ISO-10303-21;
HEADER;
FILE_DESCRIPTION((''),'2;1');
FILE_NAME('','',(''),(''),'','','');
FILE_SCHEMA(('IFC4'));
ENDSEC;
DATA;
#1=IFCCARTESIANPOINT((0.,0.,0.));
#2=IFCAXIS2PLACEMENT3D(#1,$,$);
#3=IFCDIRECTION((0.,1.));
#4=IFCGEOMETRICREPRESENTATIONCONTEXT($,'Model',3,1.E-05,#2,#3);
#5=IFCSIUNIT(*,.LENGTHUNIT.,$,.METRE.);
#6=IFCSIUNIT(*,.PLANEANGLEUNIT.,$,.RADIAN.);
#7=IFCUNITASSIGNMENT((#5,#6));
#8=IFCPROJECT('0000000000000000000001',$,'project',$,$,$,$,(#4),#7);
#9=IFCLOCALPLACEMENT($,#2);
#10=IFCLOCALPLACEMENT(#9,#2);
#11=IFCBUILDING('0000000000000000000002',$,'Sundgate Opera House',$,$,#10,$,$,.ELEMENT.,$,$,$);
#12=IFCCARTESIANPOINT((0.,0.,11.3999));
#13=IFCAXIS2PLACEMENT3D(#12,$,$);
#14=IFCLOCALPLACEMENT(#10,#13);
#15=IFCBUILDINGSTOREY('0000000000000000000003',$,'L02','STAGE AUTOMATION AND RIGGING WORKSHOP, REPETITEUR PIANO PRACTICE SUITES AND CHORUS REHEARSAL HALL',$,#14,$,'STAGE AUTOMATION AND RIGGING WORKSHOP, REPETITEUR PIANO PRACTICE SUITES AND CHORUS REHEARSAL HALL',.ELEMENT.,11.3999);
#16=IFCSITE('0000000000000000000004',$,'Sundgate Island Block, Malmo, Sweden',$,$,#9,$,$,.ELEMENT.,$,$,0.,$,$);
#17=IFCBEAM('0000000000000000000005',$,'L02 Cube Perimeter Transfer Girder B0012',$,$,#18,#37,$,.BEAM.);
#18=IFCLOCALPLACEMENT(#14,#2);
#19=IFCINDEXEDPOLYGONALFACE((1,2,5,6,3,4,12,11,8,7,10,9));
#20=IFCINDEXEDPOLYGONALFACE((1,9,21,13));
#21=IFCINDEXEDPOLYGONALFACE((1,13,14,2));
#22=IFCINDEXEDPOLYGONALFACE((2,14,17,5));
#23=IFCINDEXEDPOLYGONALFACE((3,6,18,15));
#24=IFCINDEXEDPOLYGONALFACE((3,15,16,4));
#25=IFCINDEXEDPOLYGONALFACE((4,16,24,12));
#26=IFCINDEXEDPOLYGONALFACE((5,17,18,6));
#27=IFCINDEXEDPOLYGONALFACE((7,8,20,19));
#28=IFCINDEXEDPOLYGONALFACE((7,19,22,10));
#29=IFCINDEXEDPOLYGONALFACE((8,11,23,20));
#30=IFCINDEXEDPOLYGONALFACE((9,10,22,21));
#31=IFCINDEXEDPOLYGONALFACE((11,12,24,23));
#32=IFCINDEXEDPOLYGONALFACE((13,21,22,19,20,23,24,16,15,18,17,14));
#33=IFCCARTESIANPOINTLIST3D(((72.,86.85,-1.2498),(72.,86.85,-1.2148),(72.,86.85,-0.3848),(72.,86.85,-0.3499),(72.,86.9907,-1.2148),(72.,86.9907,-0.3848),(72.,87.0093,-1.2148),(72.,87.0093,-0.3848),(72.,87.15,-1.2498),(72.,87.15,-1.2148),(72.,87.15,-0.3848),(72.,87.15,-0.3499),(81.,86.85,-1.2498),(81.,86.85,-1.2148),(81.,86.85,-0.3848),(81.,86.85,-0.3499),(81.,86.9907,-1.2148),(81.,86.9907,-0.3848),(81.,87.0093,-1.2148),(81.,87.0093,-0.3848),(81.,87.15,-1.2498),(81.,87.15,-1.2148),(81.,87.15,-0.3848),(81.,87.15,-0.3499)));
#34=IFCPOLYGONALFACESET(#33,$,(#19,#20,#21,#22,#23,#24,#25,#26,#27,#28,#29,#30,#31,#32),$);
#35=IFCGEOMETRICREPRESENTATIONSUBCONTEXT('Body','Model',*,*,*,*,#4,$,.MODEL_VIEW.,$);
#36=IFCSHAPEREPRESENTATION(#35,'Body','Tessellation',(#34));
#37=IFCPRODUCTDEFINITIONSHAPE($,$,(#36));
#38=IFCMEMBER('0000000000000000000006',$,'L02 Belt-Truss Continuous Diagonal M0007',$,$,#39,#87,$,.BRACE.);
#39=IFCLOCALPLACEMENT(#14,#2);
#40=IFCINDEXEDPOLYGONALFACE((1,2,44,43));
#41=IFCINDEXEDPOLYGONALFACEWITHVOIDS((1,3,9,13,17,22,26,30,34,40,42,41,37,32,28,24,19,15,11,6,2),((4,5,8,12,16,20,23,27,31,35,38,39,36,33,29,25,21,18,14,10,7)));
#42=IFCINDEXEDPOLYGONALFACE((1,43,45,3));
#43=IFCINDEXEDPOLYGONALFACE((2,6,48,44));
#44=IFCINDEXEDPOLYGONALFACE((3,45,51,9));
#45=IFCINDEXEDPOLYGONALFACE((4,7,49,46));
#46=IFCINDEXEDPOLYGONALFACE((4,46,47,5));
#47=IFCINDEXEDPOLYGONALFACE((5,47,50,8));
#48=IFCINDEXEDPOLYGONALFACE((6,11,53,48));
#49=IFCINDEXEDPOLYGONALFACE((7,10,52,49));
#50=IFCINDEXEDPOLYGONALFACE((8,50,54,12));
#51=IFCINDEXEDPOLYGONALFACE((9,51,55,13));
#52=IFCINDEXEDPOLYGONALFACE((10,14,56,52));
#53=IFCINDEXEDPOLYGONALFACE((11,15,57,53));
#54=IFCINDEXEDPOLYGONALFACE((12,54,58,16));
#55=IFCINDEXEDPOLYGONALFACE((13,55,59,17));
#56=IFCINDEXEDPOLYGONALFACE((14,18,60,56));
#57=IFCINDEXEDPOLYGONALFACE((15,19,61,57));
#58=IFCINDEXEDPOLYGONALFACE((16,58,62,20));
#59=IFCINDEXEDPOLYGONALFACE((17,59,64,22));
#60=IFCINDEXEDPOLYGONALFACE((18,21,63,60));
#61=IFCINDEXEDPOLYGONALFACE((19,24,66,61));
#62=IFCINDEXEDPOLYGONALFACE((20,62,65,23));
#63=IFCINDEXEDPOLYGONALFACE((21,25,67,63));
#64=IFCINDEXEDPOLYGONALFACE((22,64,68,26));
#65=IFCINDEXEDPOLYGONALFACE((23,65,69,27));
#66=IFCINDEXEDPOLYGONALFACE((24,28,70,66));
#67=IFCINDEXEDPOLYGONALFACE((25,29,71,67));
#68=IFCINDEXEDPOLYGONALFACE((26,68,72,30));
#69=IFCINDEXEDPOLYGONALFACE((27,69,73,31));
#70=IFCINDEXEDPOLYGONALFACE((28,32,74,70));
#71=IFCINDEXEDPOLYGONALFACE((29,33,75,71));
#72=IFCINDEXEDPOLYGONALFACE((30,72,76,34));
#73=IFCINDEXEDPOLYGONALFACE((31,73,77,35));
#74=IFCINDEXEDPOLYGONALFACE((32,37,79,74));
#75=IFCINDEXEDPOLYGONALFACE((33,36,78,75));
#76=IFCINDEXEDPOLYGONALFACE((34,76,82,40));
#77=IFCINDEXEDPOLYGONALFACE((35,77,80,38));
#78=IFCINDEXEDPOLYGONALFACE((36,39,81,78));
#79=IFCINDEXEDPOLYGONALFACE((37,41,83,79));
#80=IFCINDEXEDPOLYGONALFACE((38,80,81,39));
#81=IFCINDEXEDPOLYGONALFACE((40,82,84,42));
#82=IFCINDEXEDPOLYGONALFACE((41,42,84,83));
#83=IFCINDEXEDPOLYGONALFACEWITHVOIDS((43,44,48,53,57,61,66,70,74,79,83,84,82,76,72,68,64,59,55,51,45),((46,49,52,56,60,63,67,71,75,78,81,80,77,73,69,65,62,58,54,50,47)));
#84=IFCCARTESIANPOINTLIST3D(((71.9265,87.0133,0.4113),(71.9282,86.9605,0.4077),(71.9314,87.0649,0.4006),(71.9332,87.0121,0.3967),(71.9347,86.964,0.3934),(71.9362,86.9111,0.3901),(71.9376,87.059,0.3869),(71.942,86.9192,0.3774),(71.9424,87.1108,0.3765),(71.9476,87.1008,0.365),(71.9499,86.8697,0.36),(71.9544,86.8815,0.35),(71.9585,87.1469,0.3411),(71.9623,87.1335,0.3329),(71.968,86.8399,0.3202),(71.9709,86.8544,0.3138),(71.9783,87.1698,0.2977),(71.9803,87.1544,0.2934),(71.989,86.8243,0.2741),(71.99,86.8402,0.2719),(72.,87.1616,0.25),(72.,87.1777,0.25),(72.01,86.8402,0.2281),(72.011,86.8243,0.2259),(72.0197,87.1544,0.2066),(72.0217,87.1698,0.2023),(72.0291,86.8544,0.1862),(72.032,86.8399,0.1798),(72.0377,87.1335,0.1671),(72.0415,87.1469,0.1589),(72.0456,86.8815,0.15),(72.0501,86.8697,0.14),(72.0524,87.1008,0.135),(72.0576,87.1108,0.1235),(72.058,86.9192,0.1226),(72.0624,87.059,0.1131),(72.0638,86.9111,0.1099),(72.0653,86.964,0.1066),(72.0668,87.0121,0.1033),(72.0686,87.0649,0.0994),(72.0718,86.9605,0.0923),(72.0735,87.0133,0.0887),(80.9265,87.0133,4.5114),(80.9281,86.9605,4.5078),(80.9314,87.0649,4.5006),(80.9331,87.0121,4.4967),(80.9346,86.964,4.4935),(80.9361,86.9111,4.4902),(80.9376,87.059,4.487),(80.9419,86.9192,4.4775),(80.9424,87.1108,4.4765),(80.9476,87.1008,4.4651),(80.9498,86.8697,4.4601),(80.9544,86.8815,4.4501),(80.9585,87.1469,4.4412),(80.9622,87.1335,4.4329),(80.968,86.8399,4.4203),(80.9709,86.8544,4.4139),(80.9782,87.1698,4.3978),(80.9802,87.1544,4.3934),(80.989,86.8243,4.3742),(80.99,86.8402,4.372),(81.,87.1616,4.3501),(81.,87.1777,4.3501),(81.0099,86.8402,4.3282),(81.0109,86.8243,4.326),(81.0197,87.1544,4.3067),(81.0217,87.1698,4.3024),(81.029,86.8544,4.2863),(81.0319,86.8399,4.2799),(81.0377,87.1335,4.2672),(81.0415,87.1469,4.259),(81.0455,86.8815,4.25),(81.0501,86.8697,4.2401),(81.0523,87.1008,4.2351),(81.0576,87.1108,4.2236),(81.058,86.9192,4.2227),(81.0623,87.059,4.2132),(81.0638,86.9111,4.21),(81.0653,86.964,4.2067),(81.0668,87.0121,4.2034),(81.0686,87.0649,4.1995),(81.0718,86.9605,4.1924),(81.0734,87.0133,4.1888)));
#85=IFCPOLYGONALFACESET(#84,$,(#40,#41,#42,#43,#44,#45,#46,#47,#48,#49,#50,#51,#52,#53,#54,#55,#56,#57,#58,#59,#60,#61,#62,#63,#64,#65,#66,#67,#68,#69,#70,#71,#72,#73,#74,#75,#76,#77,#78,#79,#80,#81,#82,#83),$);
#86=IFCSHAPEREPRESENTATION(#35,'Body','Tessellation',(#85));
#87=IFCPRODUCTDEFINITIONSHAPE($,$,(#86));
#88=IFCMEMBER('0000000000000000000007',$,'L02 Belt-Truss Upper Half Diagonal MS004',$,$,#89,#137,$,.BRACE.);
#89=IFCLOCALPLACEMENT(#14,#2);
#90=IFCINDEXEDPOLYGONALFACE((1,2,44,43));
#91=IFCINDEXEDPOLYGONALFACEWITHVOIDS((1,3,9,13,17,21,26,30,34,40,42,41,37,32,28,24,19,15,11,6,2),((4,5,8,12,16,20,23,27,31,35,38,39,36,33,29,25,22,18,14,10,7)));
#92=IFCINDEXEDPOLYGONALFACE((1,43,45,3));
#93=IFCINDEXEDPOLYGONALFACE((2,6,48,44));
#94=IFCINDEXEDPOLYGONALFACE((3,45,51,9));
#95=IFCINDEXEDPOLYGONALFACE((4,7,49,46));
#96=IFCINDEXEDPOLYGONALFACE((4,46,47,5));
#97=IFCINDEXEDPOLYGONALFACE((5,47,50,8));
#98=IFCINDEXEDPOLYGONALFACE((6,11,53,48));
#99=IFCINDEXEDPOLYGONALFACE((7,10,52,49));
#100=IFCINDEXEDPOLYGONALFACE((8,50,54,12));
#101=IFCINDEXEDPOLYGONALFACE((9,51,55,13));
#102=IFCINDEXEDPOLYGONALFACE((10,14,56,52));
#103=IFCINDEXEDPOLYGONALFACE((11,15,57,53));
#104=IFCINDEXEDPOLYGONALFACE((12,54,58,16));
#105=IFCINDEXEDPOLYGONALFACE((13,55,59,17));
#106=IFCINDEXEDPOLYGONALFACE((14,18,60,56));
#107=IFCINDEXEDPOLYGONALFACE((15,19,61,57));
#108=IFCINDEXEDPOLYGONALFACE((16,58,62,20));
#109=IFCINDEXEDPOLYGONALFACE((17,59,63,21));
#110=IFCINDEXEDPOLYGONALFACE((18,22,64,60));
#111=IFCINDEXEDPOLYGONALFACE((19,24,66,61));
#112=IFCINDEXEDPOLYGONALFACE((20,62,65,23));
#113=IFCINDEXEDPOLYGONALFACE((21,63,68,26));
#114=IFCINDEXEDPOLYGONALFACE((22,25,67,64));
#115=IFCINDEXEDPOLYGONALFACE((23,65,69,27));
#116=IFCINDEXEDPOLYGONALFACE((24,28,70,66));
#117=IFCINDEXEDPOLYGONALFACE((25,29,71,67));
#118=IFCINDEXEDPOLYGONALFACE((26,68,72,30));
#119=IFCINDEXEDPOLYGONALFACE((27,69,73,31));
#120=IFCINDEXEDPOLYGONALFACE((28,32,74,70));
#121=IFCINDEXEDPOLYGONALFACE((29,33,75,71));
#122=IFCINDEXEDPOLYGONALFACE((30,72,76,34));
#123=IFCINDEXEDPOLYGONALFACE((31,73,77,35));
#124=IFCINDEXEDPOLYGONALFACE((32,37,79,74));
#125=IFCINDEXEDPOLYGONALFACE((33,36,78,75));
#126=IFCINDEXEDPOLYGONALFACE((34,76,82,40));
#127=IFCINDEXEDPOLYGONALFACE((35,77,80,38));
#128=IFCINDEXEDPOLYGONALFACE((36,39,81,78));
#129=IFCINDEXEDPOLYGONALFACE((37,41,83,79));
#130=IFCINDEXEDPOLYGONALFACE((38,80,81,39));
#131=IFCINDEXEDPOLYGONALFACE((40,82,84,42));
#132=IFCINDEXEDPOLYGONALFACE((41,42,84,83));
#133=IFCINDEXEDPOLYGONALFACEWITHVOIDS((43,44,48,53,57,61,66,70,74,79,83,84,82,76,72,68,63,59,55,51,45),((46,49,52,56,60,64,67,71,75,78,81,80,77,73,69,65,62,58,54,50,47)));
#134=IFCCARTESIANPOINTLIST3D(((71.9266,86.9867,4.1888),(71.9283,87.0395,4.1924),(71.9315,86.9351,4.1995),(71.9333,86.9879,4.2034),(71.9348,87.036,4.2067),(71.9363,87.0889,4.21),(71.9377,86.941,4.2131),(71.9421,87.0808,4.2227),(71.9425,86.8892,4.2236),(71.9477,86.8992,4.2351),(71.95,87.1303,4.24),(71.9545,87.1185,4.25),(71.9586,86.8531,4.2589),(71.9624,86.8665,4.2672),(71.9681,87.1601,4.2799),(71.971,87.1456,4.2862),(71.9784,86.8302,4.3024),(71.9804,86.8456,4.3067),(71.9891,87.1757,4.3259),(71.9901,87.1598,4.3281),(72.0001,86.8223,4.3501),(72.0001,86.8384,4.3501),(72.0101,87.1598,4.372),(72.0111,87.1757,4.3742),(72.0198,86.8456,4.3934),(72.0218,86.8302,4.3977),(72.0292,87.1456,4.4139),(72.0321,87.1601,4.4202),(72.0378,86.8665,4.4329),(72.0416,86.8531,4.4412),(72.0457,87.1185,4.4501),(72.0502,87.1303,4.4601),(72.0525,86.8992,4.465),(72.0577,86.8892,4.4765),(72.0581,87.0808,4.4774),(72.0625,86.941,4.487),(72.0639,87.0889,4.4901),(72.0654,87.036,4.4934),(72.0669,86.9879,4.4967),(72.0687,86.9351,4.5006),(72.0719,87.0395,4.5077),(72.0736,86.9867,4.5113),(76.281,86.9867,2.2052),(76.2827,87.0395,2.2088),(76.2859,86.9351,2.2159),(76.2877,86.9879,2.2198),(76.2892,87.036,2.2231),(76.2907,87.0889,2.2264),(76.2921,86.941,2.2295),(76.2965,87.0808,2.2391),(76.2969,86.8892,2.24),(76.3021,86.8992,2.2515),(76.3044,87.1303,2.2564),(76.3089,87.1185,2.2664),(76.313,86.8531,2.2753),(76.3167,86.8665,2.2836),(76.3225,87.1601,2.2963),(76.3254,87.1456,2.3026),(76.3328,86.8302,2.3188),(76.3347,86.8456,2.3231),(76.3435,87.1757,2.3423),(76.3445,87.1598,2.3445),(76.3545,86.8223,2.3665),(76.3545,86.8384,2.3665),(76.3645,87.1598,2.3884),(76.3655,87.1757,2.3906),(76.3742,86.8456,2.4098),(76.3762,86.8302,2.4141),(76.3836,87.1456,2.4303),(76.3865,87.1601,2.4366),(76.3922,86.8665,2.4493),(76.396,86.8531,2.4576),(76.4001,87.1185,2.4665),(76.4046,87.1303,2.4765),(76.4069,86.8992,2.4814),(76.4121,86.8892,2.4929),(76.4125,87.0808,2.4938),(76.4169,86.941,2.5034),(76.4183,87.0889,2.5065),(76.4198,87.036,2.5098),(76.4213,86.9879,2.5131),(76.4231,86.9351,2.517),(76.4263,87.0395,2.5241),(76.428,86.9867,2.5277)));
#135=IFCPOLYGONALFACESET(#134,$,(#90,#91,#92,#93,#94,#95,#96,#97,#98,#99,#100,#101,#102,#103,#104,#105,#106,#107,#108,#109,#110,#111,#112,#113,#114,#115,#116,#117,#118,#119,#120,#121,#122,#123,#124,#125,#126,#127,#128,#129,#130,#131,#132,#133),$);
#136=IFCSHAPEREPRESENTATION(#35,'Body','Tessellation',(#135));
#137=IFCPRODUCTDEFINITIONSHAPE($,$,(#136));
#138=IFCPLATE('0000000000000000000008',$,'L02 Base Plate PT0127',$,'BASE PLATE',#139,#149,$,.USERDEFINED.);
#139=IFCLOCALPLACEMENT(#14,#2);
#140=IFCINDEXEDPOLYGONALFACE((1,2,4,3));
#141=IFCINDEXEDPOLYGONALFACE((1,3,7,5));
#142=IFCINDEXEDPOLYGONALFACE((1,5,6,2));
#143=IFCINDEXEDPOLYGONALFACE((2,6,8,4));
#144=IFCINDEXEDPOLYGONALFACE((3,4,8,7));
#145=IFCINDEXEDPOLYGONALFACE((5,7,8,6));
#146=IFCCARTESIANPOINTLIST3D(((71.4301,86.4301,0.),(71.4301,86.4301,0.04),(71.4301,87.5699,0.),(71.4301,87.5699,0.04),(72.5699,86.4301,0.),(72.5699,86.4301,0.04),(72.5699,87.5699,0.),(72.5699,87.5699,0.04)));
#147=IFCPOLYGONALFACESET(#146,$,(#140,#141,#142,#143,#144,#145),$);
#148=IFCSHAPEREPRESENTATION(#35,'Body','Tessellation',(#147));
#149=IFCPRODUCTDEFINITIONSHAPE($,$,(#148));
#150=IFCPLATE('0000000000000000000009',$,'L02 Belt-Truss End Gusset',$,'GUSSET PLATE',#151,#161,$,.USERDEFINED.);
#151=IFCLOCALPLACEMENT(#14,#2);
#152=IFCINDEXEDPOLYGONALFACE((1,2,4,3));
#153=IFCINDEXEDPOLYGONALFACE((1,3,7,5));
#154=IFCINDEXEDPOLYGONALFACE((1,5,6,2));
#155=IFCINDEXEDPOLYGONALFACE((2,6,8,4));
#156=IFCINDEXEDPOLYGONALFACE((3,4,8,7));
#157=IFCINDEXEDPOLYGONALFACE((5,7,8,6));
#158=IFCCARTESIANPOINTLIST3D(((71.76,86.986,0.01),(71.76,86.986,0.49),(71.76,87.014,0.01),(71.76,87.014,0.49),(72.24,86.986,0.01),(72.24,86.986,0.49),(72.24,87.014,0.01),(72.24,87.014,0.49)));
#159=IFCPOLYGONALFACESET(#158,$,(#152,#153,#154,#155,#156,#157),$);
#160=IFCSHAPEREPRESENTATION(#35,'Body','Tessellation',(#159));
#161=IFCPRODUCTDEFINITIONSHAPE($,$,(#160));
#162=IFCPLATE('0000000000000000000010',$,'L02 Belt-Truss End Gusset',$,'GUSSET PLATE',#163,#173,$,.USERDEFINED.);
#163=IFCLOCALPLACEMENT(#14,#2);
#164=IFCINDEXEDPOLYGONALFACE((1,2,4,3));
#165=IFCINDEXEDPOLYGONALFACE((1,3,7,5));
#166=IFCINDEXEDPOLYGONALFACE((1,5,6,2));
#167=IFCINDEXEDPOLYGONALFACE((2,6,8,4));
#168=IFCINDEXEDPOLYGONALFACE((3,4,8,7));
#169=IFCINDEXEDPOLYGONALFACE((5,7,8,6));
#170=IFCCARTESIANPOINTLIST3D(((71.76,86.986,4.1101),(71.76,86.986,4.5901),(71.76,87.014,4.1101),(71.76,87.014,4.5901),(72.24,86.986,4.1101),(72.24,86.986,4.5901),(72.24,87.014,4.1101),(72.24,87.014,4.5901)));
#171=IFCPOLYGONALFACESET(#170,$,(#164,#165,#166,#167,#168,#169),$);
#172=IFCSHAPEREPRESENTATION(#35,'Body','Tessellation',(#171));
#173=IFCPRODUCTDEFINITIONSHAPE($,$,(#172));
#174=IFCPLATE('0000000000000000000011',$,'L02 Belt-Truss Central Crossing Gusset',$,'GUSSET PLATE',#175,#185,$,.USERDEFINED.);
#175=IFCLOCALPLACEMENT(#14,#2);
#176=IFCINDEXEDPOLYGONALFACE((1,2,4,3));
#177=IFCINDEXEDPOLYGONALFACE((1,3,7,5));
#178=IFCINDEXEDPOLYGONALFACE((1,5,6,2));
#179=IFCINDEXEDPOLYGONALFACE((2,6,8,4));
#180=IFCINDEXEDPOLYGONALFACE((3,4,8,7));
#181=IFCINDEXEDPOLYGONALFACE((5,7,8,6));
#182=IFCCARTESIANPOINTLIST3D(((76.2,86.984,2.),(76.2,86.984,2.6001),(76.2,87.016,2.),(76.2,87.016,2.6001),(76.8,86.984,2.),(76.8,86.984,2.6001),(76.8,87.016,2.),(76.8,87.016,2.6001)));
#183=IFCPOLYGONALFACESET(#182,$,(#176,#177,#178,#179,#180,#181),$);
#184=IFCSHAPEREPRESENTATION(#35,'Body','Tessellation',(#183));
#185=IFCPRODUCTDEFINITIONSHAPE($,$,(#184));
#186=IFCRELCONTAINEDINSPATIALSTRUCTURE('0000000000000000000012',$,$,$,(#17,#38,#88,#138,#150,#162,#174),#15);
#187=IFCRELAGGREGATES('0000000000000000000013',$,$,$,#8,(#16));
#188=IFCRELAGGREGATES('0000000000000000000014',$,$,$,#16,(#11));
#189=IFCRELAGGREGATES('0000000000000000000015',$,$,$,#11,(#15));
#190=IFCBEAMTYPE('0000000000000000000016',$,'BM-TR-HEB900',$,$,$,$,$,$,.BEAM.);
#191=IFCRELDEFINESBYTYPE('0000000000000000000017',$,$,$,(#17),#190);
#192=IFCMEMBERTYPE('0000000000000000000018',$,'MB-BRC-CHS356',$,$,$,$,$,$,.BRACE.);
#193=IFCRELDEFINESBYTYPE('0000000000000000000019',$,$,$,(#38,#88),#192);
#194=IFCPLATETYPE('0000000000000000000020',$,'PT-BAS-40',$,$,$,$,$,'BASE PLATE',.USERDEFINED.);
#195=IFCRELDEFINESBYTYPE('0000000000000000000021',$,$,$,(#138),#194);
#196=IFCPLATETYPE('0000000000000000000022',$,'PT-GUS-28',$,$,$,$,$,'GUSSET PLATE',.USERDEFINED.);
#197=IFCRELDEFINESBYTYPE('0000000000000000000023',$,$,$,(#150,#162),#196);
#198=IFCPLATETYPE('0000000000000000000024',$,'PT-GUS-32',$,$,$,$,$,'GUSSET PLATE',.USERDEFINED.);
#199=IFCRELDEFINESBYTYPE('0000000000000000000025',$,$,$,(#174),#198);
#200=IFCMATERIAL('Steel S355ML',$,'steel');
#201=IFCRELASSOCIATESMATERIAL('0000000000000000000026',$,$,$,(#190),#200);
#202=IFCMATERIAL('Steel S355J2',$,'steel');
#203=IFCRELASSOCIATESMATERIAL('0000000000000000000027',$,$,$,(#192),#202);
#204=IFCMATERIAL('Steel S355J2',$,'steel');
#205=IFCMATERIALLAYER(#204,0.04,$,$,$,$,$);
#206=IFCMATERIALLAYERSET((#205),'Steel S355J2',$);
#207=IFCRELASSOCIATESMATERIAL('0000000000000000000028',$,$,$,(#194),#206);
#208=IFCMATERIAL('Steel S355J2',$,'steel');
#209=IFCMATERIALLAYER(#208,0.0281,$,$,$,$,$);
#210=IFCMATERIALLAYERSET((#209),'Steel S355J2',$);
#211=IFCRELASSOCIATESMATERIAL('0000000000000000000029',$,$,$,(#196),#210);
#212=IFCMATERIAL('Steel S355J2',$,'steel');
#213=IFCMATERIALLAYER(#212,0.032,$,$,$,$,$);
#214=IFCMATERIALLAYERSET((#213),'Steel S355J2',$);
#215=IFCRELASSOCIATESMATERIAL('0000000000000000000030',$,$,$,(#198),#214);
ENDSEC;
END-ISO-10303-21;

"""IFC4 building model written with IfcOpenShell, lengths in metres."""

from ifc_helpers import new_model, si_unit, direction, frame, origin, origin_2d, place, context, subcontext, project, spatial, rectangle, hollow_circle, i_section, extrude, material, layer, layer_set, material_profile, profile_set, type_object, element, save


model = new_model("IFC4")

# Units and contexts
model_context = context("Model", 3, precision=1e-05, world=origin(), true_north=direction((0.0, 1.0)))
body_context = subcontext(model_context, "Body", "Model", "MODEL_VIEW")
ifc_project = project(units=[si_unit("LENGTHUNIT", "METRE"), si_unit("PLANEANGLEUNIT", "RADIAN")], contexts=[model_context])

# Site, building, storey
site_placement = place(None, origin())
site = spatial("IfcSite", under=ifc_project, at=site_placement, Name="Sundgate Island Block, Malmo, Sweden", CompositionType="ELEMENT", RefElevation=0.0)
building_placement = place(site_placement, origin())
building = spatial("IfcBuilding", under=site, at=building_placement, Name="Sundgate Opera House", CompositionType="ELEMENT")
storey_placement = place(building_placement, frame((0.0, 0.0, 11.3999)))
storey = spatial("IfcBuildingStorey", under=building, at=storey_placement, Name="L02", Description="STAGE AUTOMATION AND RIGGING WORKSHOP, REPETITEUR PIANO PRACTICE SUITES AND CHORUS REHEARSAL HALL", LongName="STAGE AUTOMATION AND RIGGING WORKSHOP, REPETITEUR PIANO PRACTICE SUITES AND CHORUS REHEARSAL HALL", CompositionType="ELEMENT", Elevation=11.3999)

# Beam
ifc_material_1 = material(Name="Steel S355ML", Category="steel")
ifc_material_profile_1 = material_profile(ifc_material_1, i_section(OverallWidth=0.3, OverallDepth=0.8999, WebThickness=0.0186, FlangeThickness=0.0349, at=origin_2d()), Name="HEB 900")
ifc_profile_set_1 = profile_set([ifc_material_profile_1], Name="Steel S355ML")
beam_type_1 = type_object("IfcBeamType", Name="BM-TR-HEB900", PredefinedType="BEAM", material=ifc_profile_set_1)
beam_1_placement = place(storey_placement, frame((72.0, 87.0, -0.7998), z_axis=(1.0, 0.0, 0.0), x_axis=(0.0, 1.0, 0.0)))
element("IfcBeam", 1, at=beam_1_placement, inside=storey, type_object=beam_type_1, Name="L02 Cube Perimeter Transfer Girder B0012", PredefinedType="BEAM", context=body_context, shape_type="SweptSolid", body=[
    extrude(i_section(OverallWidth=0.3, OverallDepth=0.8999, WebThickness=0.0186, FlangeThickness=0.0349, at=origin_2d()), origin(), (0.0, 0.0, 1.0), 9.0),
])

# Members
ifc_material_2 = material(Name="Steel S355J2", Category="steel")
ifc_material_profile_2 = material_profile(ifc_material_2, hollow_circle(Radius=0.1777, WallThickness=0.0161, at=origin_2d()), Name="CHS 355.6x16.0")
ifc_profile_set_2 = profile_set([ifc_material_profile_2], Name="Steel S355J2")
member_type = type_object("IfcMemberType", Name="MB-BRC-CHS356", PredefinedType="BRACE", material=ifc_profile_set_2)
member_1_placement = place(storey_placement, frame((72.0, 87.0, 0.25), z_axis=(0.910016, 0.0, 0.414573), x_axis=(0.0, 1.0, 0.0)))
element("IfcMember", 2, at=member_1_placement, inside=storey, type_object=member_type, Name="L02 Belt-Truss Continuous Diagonal M0007", PredefinedType="BRACE", context=body_context, shape_type="SweptSolid", body=[
    extrude(hollow_circle(Radius=0.1777, WallThickness=0.0161, at=origin_2d()), origin(), (0.0, 0.0, 1.0), 9.8899),
])
member_2_placement = place(storey_placement, frame((76.3545, 87.0, 2.3665), z_axis=(-0.910025, 0.0, 0.414552), x_axis=(0.0, -1.0, 0.0)))
element("IfcMember", 3, at=member_2_placement, inside=storey, type_object=member_type, Name="L02 Belt-Truss Upper Half Diagonal MS004", PredefinedType="BRACE", context=body_context, shape_type="SweptSolid", body=[
    extrude(hollow_circle(Radius=0.1777, WallThickness=0.0161, at=origin_2d()), origin(), (0.0, 0.0, 1.0), 4.7849),
])

# Plates
ifc_material_3 = material(Name="Steel S355J2", Category="steel")
ifc_layer_1 = layer(ifc_material_3, 0.04)
ifc_layer_set_1 = layer_set([ifc_layer_1], Name="Steel S355J2")
plate_type_1 = type_object("IfcPlateType", Name="PT-BAS-40", ElementType="BASE PLATE", PredefinedType="USERDEFINED", material=ifc_layer_set_1)
plate_1_placement = place(storey_placement, frame((72.0, 87.0, 0.0), z_axis=(0.0, 0.0, 1.0), x_axis=(1.0, 0.0, 0.0)))
element("IfcPlate", 4, at=plate_1_placement, inside=storey, type_object=plate_type_1, Name="L02 Base Plate PT0127", ObjectType="BASE PLATE", PredefinedType="USERDEFINED", context=body_context, shape_type="SweptSolid", body=[
    extrude(rectangle(XDim=1.1399, YDim=1.1399, at=origin_2d()), origin(), (0.0, 0.0, 1.0), 0.04),
])
ifc_material_4 = material(Name="Steel S355J2", Category="steel")
ifc_layer_2 = layer(ifc_material_4, 0.0281)
ifc_layer_set_2 = layer_set([ifc_layer_2], Name="Steel S355J2")
plate_type_2 = type_object("IfcPlateType", Name="PT-GUS-28", ElementType="GUSSET PLATE", PredefinedType="USERDEFINED", material=ifc_layer_set_2)
for number, where, z_axis, x_axis, name in (
    (5, (72.0, 87.0, 0.01), (0.0, 0.0, 1.0), (1.0, 0.0, 0.0), "L02 Belt-Truss End Gusset"),
    (6, (72.0, 87.0, 4.1101), (0.0, 0.0, 1.0), (1.0, 0.0, 0.0), "L02 Belt-Truss End Gusset"),
):
    element("IfcPlate", number, at=place(storey_placement, frame(where, z_axis=z_axis, x_axis=x_axis)), inside=storey, type_object=plate_type_2, Name=name, ObjectType="GUSSET PLATE", PredefinedType="USERDEFINED", context=body_context, shape_type="SweptSolid", body=[
        extrude(rectangle(XDim=0.48, YDim=0.0281, at=origin_2d()), origin(), (0.0, 0.0, 1.0), 0.48),
    ])
ifc_material_5 = material(Name="Steel S355J2", Category="steel")
ifc_layer_3 = layer(ifc_material_5, 0.032)
ifc_layer_set_3 = layer_set([ifc_layer_3], Name="Steel S355J2")
plate_type_3 = type_object("IfcPlateType", Name="PT-GUS-32", ElementType="GUSSET PLATE", PredefinedType="USERDEFINED", material=ifc_layer_set_3)
plate_2_placement = place(storey_placement, frame((76.5, 87.0, 2.0), z_axis=(0.0, 0.0, 1.0), x_axis=(1.0, 0.0, 0.0)))
element("IfcPlate", 7, at=plate_2_placement, inside=storey, type_object=plate_type_3, Name="L02 Belt-Truss Central Crossing Gusset", ObjectType="GUSSET PLATE", PredefinedType="USERDEFINED", context=body_context, shape_type="SweptSolid", body=[
    extrude(rectangle(XDim=0.6001, YDim=0.032, at=origin_2d()), origin(), (0.0, 0.0, 1.0), 0.6001),
])

save(model, "model.ifc")
